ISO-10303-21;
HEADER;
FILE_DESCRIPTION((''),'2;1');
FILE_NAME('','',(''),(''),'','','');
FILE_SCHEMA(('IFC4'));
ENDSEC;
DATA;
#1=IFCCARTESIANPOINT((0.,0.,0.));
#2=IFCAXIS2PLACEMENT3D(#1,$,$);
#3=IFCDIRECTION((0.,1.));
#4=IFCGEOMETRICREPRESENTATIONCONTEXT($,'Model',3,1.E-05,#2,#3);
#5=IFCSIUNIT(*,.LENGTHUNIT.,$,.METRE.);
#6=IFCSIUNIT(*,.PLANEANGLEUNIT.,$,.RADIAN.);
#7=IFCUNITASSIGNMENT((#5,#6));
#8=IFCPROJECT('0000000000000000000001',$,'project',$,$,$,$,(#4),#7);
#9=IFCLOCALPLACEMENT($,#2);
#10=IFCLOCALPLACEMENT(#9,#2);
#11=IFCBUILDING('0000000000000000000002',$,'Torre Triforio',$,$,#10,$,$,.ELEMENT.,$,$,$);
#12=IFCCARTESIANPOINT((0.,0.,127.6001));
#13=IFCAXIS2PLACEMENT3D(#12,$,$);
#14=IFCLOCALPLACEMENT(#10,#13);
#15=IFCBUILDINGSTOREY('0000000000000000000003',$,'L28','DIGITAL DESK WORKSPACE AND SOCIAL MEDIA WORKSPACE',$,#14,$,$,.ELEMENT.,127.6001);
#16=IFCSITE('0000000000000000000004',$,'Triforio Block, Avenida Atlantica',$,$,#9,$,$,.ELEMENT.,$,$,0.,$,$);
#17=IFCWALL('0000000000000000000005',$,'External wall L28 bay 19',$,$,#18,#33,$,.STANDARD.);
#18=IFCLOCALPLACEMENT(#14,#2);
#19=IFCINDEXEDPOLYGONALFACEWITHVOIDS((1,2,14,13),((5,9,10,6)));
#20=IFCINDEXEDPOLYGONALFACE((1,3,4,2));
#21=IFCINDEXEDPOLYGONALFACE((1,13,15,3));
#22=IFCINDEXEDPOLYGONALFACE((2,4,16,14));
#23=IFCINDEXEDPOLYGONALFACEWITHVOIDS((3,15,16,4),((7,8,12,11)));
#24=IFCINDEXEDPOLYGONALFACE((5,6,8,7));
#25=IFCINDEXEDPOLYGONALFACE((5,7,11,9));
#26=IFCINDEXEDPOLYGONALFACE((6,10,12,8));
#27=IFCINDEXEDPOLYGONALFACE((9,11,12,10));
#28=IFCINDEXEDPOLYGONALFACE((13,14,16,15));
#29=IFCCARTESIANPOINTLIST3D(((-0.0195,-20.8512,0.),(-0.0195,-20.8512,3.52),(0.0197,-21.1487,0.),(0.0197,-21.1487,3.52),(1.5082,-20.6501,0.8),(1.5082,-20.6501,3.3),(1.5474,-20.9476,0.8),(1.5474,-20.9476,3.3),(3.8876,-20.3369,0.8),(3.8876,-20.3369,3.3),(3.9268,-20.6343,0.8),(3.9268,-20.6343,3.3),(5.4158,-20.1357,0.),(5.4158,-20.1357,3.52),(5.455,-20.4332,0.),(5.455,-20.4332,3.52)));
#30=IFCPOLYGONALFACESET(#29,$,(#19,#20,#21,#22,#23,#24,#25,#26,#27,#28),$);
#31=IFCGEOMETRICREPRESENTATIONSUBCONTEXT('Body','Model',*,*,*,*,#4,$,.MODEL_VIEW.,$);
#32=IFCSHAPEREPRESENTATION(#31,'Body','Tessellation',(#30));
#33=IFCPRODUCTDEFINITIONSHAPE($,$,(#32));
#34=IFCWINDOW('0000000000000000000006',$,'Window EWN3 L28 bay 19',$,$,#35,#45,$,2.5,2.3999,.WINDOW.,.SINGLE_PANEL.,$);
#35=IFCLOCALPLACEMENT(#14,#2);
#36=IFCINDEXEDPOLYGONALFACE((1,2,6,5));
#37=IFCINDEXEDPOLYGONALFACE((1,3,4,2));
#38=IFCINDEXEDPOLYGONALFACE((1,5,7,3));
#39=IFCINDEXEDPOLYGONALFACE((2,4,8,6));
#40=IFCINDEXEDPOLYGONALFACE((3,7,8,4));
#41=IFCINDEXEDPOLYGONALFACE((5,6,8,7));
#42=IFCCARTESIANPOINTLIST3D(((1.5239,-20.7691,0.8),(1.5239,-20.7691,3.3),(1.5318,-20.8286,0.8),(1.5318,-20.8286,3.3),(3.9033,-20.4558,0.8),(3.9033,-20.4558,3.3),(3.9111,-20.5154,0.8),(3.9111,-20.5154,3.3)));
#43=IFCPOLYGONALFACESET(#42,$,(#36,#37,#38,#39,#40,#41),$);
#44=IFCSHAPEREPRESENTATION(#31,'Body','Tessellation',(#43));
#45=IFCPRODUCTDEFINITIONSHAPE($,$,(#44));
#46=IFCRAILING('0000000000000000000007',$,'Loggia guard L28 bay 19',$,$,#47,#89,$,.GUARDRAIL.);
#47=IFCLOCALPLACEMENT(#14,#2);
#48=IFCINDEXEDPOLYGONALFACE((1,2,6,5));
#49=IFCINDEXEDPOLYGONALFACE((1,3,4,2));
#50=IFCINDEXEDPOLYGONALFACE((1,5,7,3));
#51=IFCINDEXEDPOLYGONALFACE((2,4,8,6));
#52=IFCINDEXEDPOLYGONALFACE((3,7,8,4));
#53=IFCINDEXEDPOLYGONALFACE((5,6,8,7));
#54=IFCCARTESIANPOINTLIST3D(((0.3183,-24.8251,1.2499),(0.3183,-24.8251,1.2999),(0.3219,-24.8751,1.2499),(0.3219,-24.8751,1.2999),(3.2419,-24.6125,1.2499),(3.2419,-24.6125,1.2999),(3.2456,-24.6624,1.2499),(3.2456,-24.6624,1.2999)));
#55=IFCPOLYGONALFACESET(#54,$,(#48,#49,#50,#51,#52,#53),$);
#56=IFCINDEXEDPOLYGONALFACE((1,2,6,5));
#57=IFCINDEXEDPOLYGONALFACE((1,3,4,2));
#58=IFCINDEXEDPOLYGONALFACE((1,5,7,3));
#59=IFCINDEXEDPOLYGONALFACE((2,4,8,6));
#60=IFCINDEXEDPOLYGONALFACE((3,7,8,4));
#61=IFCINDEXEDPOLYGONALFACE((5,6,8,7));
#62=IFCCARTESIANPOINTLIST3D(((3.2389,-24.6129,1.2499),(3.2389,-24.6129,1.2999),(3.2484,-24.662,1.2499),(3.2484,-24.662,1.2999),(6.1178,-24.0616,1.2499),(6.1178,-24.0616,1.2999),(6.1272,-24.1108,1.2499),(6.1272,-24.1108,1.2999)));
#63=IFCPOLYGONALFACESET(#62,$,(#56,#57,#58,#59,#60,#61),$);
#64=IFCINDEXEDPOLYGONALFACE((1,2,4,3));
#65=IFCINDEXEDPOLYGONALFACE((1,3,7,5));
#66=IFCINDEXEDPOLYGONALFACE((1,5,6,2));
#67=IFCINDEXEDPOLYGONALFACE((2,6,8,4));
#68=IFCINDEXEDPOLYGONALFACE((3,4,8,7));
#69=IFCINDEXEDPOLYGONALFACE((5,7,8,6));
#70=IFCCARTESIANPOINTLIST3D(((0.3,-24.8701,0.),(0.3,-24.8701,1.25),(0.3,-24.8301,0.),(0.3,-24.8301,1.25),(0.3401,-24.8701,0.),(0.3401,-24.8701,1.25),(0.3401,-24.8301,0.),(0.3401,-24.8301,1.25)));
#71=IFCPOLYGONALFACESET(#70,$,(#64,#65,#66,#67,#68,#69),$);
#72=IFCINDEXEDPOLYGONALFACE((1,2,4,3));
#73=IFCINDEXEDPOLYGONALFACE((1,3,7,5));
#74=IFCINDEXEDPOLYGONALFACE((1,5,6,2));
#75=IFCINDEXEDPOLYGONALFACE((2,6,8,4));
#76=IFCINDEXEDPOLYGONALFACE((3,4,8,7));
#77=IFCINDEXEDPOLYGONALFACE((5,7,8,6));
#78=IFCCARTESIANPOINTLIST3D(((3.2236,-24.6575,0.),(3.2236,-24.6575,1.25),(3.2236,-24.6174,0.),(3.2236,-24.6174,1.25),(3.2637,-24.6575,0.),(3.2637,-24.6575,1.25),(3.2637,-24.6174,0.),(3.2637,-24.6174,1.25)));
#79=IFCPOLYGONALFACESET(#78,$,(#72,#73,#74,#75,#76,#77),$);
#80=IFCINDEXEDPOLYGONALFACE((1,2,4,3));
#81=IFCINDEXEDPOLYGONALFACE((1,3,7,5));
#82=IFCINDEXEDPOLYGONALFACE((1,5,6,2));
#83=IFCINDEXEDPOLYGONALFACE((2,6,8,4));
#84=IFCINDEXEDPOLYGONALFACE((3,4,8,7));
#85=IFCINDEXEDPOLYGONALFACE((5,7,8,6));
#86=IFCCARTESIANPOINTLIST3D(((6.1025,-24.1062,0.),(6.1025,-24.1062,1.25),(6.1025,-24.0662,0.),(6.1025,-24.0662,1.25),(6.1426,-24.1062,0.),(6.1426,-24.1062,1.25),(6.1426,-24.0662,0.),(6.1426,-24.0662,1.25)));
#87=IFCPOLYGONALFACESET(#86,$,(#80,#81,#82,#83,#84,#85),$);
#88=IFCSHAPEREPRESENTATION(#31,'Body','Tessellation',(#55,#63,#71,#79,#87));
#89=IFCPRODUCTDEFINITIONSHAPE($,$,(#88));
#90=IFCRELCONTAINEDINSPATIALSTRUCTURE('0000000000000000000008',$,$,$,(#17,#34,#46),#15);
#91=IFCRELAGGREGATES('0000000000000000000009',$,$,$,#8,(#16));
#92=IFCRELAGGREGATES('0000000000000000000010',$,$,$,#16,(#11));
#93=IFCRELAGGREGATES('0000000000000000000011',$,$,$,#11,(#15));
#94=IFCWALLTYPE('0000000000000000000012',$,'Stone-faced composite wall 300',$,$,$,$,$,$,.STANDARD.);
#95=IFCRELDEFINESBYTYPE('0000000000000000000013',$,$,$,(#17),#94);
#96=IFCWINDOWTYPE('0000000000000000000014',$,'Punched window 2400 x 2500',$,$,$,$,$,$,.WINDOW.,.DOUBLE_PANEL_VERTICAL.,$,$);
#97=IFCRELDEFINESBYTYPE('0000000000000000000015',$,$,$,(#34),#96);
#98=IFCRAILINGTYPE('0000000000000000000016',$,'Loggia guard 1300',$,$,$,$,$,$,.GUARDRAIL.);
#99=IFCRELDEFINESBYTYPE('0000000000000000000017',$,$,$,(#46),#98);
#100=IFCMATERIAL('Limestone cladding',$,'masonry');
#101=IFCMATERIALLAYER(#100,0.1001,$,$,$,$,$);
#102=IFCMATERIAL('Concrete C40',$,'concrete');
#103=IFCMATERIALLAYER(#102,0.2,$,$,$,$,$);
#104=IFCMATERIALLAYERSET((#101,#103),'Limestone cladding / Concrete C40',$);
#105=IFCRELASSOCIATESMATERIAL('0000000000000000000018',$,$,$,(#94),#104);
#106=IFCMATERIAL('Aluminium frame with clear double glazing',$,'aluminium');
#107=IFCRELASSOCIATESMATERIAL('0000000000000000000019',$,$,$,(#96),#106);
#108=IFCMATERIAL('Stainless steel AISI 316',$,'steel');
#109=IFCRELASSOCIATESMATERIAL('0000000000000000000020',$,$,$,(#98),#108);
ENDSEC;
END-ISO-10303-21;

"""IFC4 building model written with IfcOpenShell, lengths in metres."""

from ifc_helpers import new_model, si_unit, direction, frame, frame_2d, origin, origin_2d, place, context, subcontext, project, spatial, rectangle, extrude, material, layer, layer_set, type_object, element, fill, save


model = new_model("IFC4")

# Units and contexts
model_context = context("Model", 3, precision=1e-05, world=origin(), true_north=direction((0.0, 1.0)))
body_context = subcontext(model_context, "Body", "Model", "MODEL_VIEW")
ifc_project = project(units=[si_unit("LENGTHUNIT", "METRE"), si_unit("PLANEANGLEUNIT", "RADIAN")], contexts=[model_context])

# Site, building, storey
site_placement = place(None, origin())
site = spatial("IfcSite", under=ifc_project, at=site_placement, Name="Triforio Block, Avenida Atlantica", CompositionType="ELEMENT", RefElevation=0.0)
building_placement = place(site_placement, origin())
building = spatial("IfcBuilding", under=site, at=building_placement, Name="Torre Triforio", CompositionType="ELEMENT")
storey_placement = place(building_placement, frame((0.0, 0.0, 127.6001)))
storey = spatial("IfcBuildingStorey", under=building, at=storey_placement, Name="L28", Description="DIGITAL DESK WORKSPACE AND SOCIAL MEDIA WORKSPACE", CompositionType="ELEMENT", Elevation=127.6001)

# Wall, opening, window
ifc_material_1 = material(Name="Limestone cladding", Category="masonry")
ifc_layer_1 = layer(ifc_material_1, 0.1001)
ifc_material_2 = material(Name="Concrete C40", Category="concrete")
ifc_layer_2 = layer(ifc_material_2, 0.2)
ifc_layer_set_1 = layer_set([ifc_layer_1, ifc_layer_2], Name="Limestone cladding / Concrete C40")
wall_type_1 = type_object("IfcWallType", Name="Stone-faced composite wall 300", PredefinedType="STANDARD", material=ifc_layer_set_1)
wall_1_placement = place(storey_placement, frame((0.0, -21.0, 0.0), z_axis=(0.0, 0.0, 1.0), x_axis=(0.991445, 0.130527, 0.0)))
wall_1 = element("IfcWall", 1, at=wall_1_placement, inside=storey, type_object=wall_type_1, Name="External wall L28 bay 19", PredefinedType="STANDARD", context=body_context, shape_type="SweptSolid", body=[
    extrude(rectangle(XDim=5.4822, YDim=0.3, at=frame_2d((2.7412, 0.0))), origin(), (0.0, 0.0, 1.0), 3.52),
])
opening_1_placement = place(wall_1_placement, frame((1.541, 0.0, 0.8)))
opening_1 = element("IfcOpeningElement", 2, at=opening_1_placement, cuts=wall_1, PredefinedType="OPENING", context=body_context, shape_type="SweptSolid", body=[
    extrude(rectangle(XDim=2.3999, YDim=2.5, at=frame_2d((1.2, 1.25))), frame((0.0, 0.1599, 0.0), z_axis=(0.0, -1.0, 0.0), x_axis=(1.0, 0.0, 0.0)), (0.0, 0.0, 1.0), 0.3201),
])
ifc_material_3 = material(Name="Aluminium frame with clear double glazing", Category="aluminium")
window_type_1 = type_object("IfcWindowType", Name="Punched window 2400 x 2500", PartitioningType="DOUBLE_PANEL_VERTICAL", PredefinedType="WINDOW", material=ifc_material_3)
window_1_placement = place(opening_1_placement, origin())
window_1 = element("IfcWindow", 3, at=window_1_placement, inside=storey, type_object=window_type_1, Name="Window EWN3 L28 bay 19", OverallHeight=2.5, OverallWidth=2.3999, PartitioningType="SINGLE_PANEL", PredefinedType="WINDOW", context=body_context, shape_type="SweptSolid", body=[
    extrude(rectangle(XDim=2.3999, YDim=2.5, at=frame_2d((1.2, 1.25))), frame((0.0, 0.03, 0.0), z_axis=(0.0, -1.0, 0.0), x_axis=(1.0, 0.0, 0.0)), (0.0, 0.0, 1.0), 0.0601),
])
fill(opening_1, window_1)

# Railing
ifc_material_4 = material(Name="Stainless steel AISI 316", Category="steel")
railing_type = type_object("IfcRailingType", Name="Loggia guard 1300", PredefinedType="GUARDRAIL", material=ifc_material_4)
railing_placement = place(storey_placement, frame((0.3201, -24.8501, 0.0)))
element("IfcRailing", 4, at=railing_placement, inside=storey, type_object=railing_type, Name="Loggia guard L28 bay 19", PredefinedType="GUARDRAIL", context=body_context, shape_type="SweptSolid", body=[
    extrude(rectangle(XDim=0.05, YDim=0.05, at=origin_2d()), frame((0.0, 0.0, 1.2749), z_axis=(0.997365, 0.072543, 0.0), x_axis=(-0.072543, 0.997365, 0.0)), (0.0, 0.0, 1.0), 2.9314),
    extrude(rectangle(XDim=0.05, YDim=0.05, at=origin_2d()), frame((2.9236, 0.2126, 1.2749), z_axis=(0.982156, 0.188069, 0.0), x_axis=(-0.188069, 0.982156, 0.0)), (0.0, 0.0, 1.0), 2.9312),
    extrude(rectangle(XDim=0.04, YDim=0.04, at=origin_2d()), origin(), (0.0, 0.0, 1.0), 1.25),
    extrude(rectangle(XDim=0.04, YDim=0.04, at=origin_2d()), frame((2.9236, 0.2126, 0.0)), (0.0, 0.0, 1.0), 1.25),
    extrude(rectangle(XDim=0.04, YDim=0.04, at=origin_2d()), frame((5.8025, 0.7639, 0.0)), (0.0, 0.0, 1.0), 1.25),
])

save(model, "model.ifc")
